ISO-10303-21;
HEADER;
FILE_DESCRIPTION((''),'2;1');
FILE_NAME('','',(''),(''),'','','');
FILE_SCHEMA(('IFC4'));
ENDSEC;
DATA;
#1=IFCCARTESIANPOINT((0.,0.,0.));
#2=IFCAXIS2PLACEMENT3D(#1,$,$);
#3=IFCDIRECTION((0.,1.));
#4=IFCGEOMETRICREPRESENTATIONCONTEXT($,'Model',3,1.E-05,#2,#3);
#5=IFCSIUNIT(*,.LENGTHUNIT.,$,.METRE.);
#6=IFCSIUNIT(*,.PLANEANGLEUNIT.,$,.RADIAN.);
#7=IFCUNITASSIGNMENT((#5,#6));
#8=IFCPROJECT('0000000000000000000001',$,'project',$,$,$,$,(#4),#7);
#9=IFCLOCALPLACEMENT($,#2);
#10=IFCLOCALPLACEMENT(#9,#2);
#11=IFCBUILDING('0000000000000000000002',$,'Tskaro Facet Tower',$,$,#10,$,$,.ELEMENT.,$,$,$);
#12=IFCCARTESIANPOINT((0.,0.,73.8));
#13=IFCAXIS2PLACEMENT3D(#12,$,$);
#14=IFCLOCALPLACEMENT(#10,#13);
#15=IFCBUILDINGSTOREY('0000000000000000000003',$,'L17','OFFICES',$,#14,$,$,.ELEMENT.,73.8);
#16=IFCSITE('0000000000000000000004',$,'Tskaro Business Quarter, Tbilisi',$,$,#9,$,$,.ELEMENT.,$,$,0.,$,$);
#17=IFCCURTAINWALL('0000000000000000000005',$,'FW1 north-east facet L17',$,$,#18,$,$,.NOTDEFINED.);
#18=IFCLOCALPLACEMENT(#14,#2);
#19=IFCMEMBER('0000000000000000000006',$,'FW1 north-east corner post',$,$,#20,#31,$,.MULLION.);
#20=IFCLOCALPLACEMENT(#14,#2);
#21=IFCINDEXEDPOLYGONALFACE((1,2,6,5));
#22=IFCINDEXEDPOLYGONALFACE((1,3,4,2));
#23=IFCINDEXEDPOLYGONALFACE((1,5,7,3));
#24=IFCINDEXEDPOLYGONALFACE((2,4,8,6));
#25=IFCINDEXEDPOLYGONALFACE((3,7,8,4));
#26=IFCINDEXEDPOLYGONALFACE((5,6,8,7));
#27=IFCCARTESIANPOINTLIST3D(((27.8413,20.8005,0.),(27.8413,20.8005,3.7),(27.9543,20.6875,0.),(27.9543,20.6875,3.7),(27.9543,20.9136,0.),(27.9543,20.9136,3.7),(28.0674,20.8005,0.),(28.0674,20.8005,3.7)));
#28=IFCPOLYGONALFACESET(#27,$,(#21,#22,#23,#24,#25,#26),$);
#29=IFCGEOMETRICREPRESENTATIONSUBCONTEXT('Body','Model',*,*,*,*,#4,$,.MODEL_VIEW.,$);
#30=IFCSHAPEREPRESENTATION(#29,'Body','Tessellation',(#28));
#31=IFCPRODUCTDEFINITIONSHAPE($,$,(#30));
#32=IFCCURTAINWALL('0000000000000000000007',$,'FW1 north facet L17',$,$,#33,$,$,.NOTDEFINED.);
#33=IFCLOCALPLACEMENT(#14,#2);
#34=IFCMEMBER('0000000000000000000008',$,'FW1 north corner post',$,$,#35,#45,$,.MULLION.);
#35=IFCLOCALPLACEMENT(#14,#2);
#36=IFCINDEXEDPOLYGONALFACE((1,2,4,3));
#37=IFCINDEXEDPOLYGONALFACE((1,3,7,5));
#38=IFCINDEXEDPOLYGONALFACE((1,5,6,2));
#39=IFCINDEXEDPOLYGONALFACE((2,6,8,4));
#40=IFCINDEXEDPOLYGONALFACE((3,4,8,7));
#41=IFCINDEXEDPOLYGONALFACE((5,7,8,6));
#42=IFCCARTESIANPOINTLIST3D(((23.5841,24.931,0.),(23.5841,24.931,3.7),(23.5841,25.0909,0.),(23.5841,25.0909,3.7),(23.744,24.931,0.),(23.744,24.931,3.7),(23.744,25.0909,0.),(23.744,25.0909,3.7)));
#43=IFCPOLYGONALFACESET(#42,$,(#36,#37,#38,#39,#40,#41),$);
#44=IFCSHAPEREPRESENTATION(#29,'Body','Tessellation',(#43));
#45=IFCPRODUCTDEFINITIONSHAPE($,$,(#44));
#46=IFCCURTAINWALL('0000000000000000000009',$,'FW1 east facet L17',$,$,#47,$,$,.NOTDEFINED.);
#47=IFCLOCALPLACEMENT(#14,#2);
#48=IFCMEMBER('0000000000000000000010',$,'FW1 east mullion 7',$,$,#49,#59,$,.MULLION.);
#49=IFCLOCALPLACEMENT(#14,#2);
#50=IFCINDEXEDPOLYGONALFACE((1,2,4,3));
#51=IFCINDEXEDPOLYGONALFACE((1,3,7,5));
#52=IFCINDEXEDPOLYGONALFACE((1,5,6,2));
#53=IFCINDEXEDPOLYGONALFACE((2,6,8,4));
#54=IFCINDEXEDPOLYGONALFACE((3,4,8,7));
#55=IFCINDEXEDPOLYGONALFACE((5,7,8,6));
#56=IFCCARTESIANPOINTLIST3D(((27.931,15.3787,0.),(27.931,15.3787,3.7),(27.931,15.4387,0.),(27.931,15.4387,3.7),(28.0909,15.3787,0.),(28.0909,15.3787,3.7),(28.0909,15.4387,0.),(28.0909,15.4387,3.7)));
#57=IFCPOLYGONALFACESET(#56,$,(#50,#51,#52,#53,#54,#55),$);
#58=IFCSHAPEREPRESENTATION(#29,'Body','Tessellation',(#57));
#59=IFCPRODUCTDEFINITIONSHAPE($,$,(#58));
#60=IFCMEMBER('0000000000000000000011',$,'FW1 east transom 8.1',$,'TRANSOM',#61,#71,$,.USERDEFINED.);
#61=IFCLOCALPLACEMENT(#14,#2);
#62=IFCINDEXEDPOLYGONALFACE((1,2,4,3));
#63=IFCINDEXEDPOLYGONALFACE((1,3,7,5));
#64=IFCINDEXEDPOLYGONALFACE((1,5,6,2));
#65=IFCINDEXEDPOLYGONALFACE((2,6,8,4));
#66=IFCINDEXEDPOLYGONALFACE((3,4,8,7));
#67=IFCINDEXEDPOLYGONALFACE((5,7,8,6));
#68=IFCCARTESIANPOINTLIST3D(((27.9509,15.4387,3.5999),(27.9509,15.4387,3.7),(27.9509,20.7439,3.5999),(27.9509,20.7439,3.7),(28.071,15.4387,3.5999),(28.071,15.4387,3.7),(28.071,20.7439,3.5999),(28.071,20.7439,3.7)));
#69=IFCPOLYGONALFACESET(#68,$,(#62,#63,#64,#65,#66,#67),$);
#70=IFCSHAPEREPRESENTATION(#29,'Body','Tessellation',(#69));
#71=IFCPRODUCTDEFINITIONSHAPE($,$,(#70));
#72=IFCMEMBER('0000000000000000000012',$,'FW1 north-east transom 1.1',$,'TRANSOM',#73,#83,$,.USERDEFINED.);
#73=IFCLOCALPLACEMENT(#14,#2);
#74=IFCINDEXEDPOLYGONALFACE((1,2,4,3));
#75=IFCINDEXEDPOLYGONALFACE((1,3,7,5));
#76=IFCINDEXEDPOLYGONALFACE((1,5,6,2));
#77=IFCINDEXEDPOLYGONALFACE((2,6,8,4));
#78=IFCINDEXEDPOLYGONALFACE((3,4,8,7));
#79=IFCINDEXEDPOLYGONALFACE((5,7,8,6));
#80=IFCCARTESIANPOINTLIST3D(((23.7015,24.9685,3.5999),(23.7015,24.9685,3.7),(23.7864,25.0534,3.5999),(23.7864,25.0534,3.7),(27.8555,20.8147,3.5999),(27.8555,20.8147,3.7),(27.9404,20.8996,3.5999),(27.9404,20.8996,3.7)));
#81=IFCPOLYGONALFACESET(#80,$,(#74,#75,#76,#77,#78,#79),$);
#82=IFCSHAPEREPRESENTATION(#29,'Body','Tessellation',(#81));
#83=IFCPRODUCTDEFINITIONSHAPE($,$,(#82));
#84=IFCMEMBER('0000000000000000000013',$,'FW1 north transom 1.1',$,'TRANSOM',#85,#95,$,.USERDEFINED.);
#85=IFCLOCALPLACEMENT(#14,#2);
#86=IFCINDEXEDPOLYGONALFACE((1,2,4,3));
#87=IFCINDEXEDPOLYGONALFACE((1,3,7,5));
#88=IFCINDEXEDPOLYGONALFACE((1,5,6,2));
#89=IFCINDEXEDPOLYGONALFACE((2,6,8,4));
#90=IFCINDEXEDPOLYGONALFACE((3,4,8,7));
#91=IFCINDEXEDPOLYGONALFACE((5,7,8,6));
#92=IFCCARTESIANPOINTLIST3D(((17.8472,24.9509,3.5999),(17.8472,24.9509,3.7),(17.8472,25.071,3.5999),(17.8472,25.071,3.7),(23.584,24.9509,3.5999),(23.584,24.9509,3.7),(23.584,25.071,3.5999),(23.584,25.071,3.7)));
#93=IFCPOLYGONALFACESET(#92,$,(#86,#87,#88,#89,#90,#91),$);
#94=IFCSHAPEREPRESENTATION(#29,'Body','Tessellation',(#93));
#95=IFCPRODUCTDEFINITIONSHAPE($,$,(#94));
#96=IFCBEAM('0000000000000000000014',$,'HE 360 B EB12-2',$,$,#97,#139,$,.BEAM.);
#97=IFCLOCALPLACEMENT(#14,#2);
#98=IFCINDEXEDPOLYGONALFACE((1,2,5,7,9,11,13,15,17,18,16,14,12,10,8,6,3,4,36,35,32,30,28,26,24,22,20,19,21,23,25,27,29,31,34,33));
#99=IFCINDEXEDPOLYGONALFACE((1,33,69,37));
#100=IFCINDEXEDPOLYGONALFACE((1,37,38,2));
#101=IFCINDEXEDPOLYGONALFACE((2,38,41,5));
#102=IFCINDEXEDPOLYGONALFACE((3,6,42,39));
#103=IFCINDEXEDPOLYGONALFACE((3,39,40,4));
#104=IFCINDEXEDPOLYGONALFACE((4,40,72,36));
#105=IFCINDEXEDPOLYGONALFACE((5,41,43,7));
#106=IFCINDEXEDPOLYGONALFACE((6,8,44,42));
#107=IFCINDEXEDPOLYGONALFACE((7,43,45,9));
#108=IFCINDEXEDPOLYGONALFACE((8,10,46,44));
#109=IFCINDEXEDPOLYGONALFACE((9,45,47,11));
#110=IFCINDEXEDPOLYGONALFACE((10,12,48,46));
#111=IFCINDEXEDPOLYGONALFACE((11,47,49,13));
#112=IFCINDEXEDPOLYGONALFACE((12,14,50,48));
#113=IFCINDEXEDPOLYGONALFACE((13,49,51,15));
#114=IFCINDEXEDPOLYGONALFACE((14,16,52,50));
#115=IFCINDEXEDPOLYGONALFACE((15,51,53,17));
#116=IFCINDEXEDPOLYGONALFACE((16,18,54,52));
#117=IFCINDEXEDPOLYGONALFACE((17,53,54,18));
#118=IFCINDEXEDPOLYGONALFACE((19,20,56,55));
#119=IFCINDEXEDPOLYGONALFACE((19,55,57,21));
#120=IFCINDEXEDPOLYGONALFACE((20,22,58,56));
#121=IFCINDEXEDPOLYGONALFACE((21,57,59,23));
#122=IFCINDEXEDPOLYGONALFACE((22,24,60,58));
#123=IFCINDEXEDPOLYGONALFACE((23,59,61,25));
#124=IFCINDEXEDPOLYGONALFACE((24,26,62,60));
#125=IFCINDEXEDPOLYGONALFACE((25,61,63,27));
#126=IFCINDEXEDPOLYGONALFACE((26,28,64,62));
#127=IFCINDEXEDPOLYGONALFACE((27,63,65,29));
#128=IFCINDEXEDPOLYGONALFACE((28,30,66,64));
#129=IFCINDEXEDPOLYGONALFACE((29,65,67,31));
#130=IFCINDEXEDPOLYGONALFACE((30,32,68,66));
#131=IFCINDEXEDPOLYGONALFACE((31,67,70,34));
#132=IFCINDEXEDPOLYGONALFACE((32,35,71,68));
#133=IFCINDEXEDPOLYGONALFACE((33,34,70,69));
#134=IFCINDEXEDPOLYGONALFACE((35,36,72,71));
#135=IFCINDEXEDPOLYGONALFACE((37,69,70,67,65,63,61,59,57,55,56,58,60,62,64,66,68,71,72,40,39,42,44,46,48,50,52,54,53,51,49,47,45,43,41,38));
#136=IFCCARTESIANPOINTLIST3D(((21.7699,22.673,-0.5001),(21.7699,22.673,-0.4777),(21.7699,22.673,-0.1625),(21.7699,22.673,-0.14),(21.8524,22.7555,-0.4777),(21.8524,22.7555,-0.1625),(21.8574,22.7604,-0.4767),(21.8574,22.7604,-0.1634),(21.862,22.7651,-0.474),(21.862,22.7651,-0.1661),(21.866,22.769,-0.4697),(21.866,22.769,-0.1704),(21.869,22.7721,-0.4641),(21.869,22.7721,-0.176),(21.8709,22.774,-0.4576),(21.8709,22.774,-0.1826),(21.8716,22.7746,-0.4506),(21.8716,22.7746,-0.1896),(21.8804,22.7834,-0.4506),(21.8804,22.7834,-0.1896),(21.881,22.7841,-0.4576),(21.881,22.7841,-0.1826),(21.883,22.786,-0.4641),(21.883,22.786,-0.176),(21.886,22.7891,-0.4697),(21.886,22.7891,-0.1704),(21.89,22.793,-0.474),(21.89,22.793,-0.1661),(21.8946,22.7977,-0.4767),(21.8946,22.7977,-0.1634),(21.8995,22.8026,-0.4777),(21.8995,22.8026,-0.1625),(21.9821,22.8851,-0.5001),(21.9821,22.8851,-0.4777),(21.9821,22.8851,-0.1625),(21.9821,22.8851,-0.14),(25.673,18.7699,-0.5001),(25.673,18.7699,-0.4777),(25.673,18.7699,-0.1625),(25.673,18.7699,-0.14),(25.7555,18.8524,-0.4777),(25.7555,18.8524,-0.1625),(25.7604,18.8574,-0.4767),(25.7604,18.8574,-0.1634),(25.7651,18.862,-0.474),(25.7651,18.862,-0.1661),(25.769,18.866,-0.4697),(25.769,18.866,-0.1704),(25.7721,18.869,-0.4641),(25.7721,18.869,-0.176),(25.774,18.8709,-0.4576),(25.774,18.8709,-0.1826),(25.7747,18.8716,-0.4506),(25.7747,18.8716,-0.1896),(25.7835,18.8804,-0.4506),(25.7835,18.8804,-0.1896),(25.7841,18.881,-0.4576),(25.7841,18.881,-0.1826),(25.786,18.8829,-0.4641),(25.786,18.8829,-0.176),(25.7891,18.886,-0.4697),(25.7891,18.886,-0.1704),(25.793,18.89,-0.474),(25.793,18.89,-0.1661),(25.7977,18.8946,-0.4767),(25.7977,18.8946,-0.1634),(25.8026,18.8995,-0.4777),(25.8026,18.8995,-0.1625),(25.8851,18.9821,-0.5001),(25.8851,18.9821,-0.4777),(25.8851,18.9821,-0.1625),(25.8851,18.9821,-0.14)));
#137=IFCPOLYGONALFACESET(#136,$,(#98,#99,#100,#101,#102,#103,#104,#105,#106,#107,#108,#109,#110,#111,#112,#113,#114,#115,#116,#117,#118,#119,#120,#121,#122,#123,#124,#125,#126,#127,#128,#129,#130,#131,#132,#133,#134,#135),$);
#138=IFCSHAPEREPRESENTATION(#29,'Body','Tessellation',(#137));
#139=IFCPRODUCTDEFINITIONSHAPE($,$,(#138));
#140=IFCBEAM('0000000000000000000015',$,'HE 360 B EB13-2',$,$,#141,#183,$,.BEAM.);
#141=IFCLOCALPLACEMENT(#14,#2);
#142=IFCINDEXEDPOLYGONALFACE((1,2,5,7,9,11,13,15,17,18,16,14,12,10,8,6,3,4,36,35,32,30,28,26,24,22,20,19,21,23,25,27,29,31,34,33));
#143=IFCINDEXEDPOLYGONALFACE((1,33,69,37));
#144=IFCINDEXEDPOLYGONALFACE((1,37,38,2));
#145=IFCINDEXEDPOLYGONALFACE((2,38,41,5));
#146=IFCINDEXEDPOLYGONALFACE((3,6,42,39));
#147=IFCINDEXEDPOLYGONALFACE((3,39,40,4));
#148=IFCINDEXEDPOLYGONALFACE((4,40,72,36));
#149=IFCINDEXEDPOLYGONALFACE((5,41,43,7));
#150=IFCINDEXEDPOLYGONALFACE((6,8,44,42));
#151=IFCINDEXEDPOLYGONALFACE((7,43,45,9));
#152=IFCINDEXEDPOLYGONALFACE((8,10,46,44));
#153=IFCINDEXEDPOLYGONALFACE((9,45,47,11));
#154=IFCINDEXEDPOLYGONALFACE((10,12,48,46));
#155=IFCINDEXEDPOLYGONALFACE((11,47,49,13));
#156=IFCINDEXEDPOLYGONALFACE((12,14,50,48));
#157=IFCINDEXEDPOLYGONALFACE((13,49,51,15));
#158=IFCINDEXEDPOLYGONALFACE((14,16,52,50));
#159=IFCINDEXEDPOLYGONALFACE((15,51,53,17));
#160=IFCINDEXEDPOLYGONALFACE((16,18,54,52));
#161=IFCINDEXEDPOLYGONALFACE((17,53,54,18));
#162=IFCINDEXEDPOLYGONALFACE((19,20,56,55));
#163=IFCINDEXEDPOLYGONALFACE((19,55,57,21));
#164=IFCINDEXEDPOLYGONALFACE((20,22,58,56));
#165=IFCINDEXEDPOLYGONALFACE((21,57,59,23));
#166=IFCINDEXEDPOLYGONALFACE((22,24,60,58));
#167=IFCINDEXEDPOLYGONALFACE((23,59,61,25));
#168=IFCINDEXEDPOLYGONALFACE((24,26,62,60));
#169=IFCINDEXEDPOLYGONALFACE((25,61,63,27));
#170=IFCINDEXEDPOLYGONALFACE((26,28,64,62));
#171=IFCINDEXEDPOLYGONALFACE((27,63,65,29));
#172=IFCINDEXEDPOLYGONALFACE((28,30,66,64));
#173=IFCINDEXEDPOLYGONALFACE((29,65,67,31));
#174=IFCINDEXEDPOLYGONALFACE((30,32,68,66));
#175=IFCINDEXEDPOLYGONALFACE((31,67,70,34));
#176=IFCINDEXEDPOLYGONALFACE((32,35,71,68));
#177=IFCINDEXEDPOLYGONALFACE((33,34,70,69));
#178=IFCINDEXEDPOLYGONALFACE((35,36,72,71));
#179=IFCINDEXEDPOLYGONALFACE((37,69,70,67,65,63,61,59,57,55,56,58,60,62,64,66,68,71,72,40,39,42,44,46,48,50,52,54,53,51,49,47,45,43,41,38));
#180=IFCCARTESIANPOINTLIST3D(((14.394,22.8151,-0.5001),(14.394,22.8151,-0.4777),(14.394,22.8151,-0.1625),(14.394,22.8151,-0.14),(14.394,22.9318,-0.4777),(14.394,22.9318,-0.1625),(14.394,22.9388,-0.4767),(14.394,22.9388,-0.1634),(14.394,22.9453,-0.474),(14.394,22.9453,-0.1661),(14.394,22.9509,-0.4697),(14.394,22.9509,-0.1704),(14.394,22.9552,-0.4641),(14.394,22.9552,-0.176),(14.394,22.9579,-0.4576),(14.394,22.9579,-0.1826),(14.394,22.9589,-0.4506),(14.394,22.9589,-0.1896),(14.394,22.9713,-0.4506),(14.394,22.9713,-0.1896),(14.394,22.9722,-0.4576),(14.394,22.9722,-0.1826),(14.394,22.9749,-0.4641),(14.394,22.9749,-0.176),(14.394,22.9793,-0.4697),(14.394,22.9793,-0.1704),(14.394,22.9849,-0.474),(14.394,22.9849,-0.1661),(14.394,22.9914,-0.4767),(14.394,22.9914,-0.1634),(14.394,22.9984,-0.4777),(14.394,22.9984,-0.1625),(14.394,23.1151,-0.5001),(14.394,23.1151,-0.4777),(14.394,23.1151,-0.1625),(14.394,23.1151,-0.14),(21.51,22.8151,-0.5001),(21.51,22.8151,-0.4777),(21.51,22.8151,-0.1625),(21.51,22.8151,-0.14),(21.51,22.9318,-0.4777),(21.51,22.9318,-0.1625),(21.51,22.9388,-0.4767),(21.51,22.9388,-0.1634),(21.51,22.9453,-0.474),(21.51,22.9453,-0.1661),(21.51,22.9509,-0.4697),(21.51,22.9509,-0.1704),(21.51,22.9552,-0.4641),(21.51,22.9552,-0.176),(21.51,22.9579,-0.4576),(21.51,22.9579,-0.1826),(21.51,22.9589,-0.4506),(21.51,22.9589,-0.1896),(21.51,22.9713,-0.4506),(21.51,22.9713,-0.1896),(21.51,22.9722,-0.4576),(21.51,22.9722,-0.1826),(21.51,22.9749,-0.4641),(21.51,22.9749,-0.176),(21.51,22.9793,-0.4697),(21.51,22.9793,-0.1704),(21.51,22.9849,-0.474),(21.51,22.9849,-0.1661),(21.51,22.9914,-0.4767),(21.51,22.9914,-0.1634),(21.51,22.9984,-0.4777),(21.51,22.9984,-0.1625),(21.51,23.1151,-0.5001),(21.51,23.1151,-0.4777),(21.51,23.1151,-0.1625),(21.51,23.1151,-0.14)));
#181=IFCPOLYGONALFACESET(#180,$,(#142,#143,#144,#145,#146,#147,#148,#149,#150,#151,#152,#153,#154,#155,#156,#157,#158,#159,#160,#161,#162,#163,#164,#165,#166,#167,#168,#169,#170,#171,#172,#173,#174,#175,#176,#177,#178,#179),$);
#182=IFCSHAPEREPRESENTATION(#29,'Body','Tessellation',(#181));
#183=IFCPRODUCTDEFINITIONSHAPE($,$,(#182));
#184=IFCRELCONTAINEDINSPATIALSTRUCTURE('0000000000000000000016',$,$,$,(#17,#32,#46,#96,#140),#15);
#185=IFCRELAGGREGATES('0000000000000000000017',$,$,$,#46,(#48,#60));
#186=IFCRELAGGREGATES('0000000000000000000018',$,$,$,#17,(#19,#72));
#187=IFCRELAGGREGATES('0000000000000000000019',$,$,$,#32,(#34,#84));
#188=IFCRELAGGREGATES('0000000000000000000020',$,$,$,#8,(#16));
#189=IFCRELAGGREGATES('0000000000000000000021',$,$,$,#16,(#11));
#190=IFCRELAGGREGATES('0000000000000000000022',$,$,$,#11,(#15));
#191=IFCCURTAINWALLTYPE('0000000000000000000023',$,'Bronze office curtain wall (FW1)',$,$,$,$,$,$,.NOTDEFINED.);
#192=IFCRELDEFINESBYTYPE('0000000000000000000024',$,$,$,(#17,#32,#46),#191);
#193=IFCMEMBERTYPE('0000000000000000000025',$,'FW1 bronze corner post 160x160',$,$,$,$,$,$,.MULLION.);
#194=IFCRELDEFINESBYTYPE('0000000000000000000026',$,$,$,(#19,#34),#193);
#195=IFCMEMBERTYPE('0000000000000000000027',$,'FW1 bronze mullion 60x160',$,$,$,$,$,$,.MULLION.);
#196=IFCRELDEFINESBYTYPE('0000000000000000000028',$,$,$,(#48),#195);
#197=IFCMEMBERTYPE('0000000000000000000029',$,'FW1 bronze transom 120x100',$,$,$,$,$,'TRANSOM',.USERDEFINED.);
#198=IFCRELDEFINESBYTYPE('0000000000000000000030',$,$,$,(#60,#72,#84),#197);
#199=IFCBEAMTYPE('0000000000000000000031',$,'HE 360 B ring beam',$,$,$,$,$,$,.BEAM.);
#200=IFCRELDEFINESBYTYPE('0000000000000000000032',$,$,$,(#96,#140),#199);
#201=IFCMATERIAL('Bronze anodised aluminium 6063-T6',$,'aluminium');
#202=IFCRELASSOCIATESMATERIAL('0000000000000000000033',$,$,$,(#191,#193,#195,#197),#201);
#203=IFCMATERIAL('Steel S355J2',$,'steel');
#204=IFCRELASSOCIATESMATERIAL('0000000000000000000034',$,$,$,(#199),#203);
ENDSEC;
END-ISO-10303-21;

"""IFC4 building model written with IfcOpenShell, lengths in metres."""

from ifc_helpers import new_model, si_unit, direction, frame, origin, origin_2d, place, context, subcontext, project, spatial, rectangle, i_section, extrude, material, material_profile, profile_set, type_object, element, aggregate, save


model = new_model("IFC4")

# Units and contexts
model_context = context("Model", 3, precision=1e-05, world=origin(), true_north=direction((0.0, 1.0)))
body_context = subcontext(model_context, "Body", "Model", "MODEL_VIEW")
ifc_project = project(units=[si_unit("LENGTHUNIT", "METRE"), si_unit("PLANEANGLEUNIT", "RADIAN")], contexts=[model_context])

# Site, building, storey
site_placement = place(None, origin())
site = spatial("IfcSite", under=ifc_project, at=site_placement, Name="Tskaro Business Quarter, Tbilisi", CompositionType="ELEMENT", RefElevation=0.0)
building_placement = place(site_placement, origin())
building = spatial("IfcBuilding", under=site, at=building_placement, Name="Tskaro Facet Tower", CompositionType="ELEMENT")
storey_placement = place(building_placement, frame((0.0, 0.0, 73.8)))
storey = spatial("IfcBuildingStorey", under=building, at=storey_placement, Name="L17", Description="OFFICES", CompositionType="ELEMENT", Elevation=73.8)

# Curtain walls, members
ifc_material_1 = material(Name="Bronze anodised aluminium 6063-T6", Category="aluminium")
curtain_wall_type = type_object("IfcCurtainWallType", Name="Bronze office curtain wall (FW1)", PredefinedType="NOTDEFINED", material=ifc_material_1)
curtain_wall_1_placement = place(storey_placement, origin())
curtain_wall_1 = element("IfcCurtainWall", 1, at=curtain_wall_1_placement, inside=storey, type_object=curtain_wall_type, Name="FW1 north-east facet L17", PredefinedType="NOTDEFINED")
ifc_material_profile_1 = material_profile(ifc_material_1, rectangle(XDim=0.1599, YDim=0.1599, at=origin_2d()), Name="Corner post 160x160")
ifc_profile_set_1 = profile_set([ifc_material_profile_1], Name="Bronze anodised aluminium 6063-T6")
member_type_1 = type_object("IfcMemberType", Name="FW1 bronze corner post 160x160", PredefinedType="MULLION", material=ifc_profile_set_1)
member_1_placement = place(storey_placement, frame((27.9543, 20.8005, 0.0), z_axis=(0.0, 0.0, 1.0), x_axis=(-0.707107, 0.707107, 0.0)))
member_1 = element("IfcMember", 2, at=member_1_placement, type_object=member_type_1, Name="FW1 north-east corner post", PredefinedType="MULLION", context=body_context, shape_type="SweptSolid", body=[
    extrude(rectangle(XDim=0.1599, YDim=0.1599, at=origin_2d()), origin(), (0.0, 0.0, 1.0), 3.7),
])
curtain_wall_2_placement = place(storey_placement, origin())
curtain_wall_2 = element("IfcCurtainWall", 3, at=curtain_wall_2_placement, inside=storey, type_object=curtain_wall_type, Name="FW1 north facet L17", PredefinedType="NOTDEFINED")
member_2_placement = place(storey_placement, frame((23.6641, 25.011, 0.0), z_axis=(0.0, 0.0, 1.0), x_axis=(-1.0, 0.0, 0.0)))
member_2 = element("IfcMember", 4, at=member_2_placement, type_object=member_type_1, Name="FW1 north corner post", PredefinedType="MULLION", context=body_context, shape_type="SweptSolid", body=[
    extrude(rectangle(XDim=0.1599, YDim=0.1599, at=origin_2d()), origin(), (0.0, 0.0, 1.0), 3.7),
])

# Curtain wall, members
curtain_wall_3_placement = place(storey_placement, origin())
curtain_wall_3 = element("IfcCurtainWall", 5, at=curtain_wall_3_placement, inside=storey, type_object=curtain_wall_type, Name="FW1 east facet L17", PredefinedType="NOTDEFINED")
ifc_material_profile_2 = material_profile(ifc_material_1, rectangle(XDim=0.0601, YDim=0.1599, at=origin_2d()), Name="Mullion 60x160")
ifc_profile_set_2 = profile_set([ifc_material_profile_2], Name="Bronze anodised aluminium 6063-T6")
member_type_2 = type_object("IfcMemberType", Name="FW1 bronze mullion 60x160", PredefinedType="MULLION", material=ifc_profile_set_2)
member_3_placement = place(storey_placement, frame((28.011, 15.4087, 0.0), z_axis=(0.0, 0.0, 1.0), x_axis=(0.0, 1.0, 0.0)))
member_3 = element("IfcMember", 6, at=member_3_placement, type_object=member_type_2, Name="FW1 east mullion 7", PredefinedType="MULLION", context=body_context, shape_type="SweptSolid", body=[
    extrude(rectangle(XDim=0.0601, YDim=0.1599, at=origin_2d()), origin(), (0.0, 0.0, 1.0), 3.7),
])
ifc_material_profile_3 = material_profile(ifc_material_1, rectangle(XDim=0.1201, YDim=0.1001, at=origin_2d()), Name="Transom 120x100")
ifc_profile_set_3 = profile_set([ifc_material_profile_3], Name="Bronze anodised aluminium 6063-T6")
member_type_3 = type_object("IfcMemberType", Name="FW1 bronze transom 120x100", ElementType="TRANSOM", PredefinedType="USERDEFINED", material=ifc_profile_set_3)
member_4_placement = place(storey_placement, frame((28.011, 15.4387, 3.6499), z_axis=(0.0, 1.0, 0.0), x_axis=(-1.0, 0.0, 0.0)))
member_4 = element("IfcMember", 7, at=member_4_placement, type_object=member_type_3, Name="FW1 east transom 8.1", ObjectType="TRANSOM", PredefinedType="USERDEFINED", context=body_context, shape_type="SweptSolid", body=[
    extrude(rectangle(XDim=0.1201, YDim=0.1001, at=origin_2d()), origin(), (0.0, 0.0, 1.0), 5.3052),
])

# Members
member_5_placement = place(storey_placement, frame((27.8979, 20.8572, 3.6499), z_axis=(-0.707128, 0.707086, 0.0), x_axis=(-0.707086, -0.707128, 0.0)))
member_5 = element("IfcMember", 8, at=member_5_placement, type_object=member_type_3, Name="FW1 north-east transom 1.1", ObjectType="TRANSOM", PredefinedType="USERDEFINED", context=body_context, shape_type="SweptSolid", body=[
    extrude(rectangle(XDim=0.1201, YDim=0.1001, at=origin_2d()), origin(), (0.0, 0.0, 1.0), 5.8745),
])
member_6_placement = place(storey_placement, frame((23.584, 25.011, 3.6499), z_axis=(-1.0, 0.0, 0.0), x_axis=(0.0, -1.0, 0.0)))
member_6 = element("IfcMember", 9, at=member_6_placement, type_object=member_type_3, Name="FW1 north transom 1.1", ObjectType="TRANSOM", PredefinedType="USERDEFINED", context=body_context, shape_type="SweptSolid", body=[
    extrude(rectangle(XDim=0.1201, YDim=0.1001, at=origin_2d()), origin(), (0.0, 0.0, 1.0), 5.7368),
])

# Beams
ifc_material_2 = material(Name="Steel S355J2", Category="steel")
ifc_material_profile_4 = material_profile(ifc_material_2, i_section(OverallWidth=0.3, OverallDepth=0.3601, WebThickness=0.0125, FlangeThickness=0.0225, FilletRadius=0.0271, at=origin_2d()), Name="HE 360 B")
ifc_profile_set_4 = profile_set([ifc_material_profile_4], Name="Steel S355J2")
beam_type_1 = type_object("IfcBeamType", Name="HE 360 B ring beam", PredefinedType="BEAM", material=ifc_profile_set_4)
beam_1_placement = place(storey_placement, frame((25.7791, 18.876, -0.3201), z_axis=(-0.707107, 0.707107, 0.0), x_axis=(-0.707107, -0.707107, 0.0)))
element("IfcBeam", 10, at=beam_1_placement, inside=storey, type_object=beam_type_1, Name="HE 360 B EB12-2", PredefinedType="BEAM", context=body_context, shape_type="SweptSolid", body=[
    extrude(i_section(OverallWidth=0.3, OverallDepth=0.3601, WebThickness=0.0125, FlangeThickness=0.0225, FilletRadius=0.0271, at=origin_2d()), origin(), (0.0, 0.0, 1.0), 5.5198),
])
beam_2_placement = place(storey_placement, frame((21.51, 22.9651, -0.3201), z_axis=(-1.0, 0.0, 0.0), x_axis=(0.0, -1.0, 0.0)))
element("IfcBeam", 11, at=beam_2_placement, inside=storey, type_object=beam_type_1, Name="HE 360 B EB13-2", PredefinedType="BEAM", context=body_context, shape_type="SweptSolid", body=[
    extrude(i_section(OverallWidth=0.3, OverallDepth=0.3601, WebThickness=0.0125, FlangeThickness=0.0225, FilletRadius=0.0271, at=origin_2d()), origin(), (0.0, 0.0, 1.0), 7.116),
])

aggregate(curtain_wall_3, [member_3, member_4])
aggregate(curtain_wall_1, [member_1, member_5])
aggregate(curtain_wall_2, [member_2, member_6])

save(model, "model.ifc")
